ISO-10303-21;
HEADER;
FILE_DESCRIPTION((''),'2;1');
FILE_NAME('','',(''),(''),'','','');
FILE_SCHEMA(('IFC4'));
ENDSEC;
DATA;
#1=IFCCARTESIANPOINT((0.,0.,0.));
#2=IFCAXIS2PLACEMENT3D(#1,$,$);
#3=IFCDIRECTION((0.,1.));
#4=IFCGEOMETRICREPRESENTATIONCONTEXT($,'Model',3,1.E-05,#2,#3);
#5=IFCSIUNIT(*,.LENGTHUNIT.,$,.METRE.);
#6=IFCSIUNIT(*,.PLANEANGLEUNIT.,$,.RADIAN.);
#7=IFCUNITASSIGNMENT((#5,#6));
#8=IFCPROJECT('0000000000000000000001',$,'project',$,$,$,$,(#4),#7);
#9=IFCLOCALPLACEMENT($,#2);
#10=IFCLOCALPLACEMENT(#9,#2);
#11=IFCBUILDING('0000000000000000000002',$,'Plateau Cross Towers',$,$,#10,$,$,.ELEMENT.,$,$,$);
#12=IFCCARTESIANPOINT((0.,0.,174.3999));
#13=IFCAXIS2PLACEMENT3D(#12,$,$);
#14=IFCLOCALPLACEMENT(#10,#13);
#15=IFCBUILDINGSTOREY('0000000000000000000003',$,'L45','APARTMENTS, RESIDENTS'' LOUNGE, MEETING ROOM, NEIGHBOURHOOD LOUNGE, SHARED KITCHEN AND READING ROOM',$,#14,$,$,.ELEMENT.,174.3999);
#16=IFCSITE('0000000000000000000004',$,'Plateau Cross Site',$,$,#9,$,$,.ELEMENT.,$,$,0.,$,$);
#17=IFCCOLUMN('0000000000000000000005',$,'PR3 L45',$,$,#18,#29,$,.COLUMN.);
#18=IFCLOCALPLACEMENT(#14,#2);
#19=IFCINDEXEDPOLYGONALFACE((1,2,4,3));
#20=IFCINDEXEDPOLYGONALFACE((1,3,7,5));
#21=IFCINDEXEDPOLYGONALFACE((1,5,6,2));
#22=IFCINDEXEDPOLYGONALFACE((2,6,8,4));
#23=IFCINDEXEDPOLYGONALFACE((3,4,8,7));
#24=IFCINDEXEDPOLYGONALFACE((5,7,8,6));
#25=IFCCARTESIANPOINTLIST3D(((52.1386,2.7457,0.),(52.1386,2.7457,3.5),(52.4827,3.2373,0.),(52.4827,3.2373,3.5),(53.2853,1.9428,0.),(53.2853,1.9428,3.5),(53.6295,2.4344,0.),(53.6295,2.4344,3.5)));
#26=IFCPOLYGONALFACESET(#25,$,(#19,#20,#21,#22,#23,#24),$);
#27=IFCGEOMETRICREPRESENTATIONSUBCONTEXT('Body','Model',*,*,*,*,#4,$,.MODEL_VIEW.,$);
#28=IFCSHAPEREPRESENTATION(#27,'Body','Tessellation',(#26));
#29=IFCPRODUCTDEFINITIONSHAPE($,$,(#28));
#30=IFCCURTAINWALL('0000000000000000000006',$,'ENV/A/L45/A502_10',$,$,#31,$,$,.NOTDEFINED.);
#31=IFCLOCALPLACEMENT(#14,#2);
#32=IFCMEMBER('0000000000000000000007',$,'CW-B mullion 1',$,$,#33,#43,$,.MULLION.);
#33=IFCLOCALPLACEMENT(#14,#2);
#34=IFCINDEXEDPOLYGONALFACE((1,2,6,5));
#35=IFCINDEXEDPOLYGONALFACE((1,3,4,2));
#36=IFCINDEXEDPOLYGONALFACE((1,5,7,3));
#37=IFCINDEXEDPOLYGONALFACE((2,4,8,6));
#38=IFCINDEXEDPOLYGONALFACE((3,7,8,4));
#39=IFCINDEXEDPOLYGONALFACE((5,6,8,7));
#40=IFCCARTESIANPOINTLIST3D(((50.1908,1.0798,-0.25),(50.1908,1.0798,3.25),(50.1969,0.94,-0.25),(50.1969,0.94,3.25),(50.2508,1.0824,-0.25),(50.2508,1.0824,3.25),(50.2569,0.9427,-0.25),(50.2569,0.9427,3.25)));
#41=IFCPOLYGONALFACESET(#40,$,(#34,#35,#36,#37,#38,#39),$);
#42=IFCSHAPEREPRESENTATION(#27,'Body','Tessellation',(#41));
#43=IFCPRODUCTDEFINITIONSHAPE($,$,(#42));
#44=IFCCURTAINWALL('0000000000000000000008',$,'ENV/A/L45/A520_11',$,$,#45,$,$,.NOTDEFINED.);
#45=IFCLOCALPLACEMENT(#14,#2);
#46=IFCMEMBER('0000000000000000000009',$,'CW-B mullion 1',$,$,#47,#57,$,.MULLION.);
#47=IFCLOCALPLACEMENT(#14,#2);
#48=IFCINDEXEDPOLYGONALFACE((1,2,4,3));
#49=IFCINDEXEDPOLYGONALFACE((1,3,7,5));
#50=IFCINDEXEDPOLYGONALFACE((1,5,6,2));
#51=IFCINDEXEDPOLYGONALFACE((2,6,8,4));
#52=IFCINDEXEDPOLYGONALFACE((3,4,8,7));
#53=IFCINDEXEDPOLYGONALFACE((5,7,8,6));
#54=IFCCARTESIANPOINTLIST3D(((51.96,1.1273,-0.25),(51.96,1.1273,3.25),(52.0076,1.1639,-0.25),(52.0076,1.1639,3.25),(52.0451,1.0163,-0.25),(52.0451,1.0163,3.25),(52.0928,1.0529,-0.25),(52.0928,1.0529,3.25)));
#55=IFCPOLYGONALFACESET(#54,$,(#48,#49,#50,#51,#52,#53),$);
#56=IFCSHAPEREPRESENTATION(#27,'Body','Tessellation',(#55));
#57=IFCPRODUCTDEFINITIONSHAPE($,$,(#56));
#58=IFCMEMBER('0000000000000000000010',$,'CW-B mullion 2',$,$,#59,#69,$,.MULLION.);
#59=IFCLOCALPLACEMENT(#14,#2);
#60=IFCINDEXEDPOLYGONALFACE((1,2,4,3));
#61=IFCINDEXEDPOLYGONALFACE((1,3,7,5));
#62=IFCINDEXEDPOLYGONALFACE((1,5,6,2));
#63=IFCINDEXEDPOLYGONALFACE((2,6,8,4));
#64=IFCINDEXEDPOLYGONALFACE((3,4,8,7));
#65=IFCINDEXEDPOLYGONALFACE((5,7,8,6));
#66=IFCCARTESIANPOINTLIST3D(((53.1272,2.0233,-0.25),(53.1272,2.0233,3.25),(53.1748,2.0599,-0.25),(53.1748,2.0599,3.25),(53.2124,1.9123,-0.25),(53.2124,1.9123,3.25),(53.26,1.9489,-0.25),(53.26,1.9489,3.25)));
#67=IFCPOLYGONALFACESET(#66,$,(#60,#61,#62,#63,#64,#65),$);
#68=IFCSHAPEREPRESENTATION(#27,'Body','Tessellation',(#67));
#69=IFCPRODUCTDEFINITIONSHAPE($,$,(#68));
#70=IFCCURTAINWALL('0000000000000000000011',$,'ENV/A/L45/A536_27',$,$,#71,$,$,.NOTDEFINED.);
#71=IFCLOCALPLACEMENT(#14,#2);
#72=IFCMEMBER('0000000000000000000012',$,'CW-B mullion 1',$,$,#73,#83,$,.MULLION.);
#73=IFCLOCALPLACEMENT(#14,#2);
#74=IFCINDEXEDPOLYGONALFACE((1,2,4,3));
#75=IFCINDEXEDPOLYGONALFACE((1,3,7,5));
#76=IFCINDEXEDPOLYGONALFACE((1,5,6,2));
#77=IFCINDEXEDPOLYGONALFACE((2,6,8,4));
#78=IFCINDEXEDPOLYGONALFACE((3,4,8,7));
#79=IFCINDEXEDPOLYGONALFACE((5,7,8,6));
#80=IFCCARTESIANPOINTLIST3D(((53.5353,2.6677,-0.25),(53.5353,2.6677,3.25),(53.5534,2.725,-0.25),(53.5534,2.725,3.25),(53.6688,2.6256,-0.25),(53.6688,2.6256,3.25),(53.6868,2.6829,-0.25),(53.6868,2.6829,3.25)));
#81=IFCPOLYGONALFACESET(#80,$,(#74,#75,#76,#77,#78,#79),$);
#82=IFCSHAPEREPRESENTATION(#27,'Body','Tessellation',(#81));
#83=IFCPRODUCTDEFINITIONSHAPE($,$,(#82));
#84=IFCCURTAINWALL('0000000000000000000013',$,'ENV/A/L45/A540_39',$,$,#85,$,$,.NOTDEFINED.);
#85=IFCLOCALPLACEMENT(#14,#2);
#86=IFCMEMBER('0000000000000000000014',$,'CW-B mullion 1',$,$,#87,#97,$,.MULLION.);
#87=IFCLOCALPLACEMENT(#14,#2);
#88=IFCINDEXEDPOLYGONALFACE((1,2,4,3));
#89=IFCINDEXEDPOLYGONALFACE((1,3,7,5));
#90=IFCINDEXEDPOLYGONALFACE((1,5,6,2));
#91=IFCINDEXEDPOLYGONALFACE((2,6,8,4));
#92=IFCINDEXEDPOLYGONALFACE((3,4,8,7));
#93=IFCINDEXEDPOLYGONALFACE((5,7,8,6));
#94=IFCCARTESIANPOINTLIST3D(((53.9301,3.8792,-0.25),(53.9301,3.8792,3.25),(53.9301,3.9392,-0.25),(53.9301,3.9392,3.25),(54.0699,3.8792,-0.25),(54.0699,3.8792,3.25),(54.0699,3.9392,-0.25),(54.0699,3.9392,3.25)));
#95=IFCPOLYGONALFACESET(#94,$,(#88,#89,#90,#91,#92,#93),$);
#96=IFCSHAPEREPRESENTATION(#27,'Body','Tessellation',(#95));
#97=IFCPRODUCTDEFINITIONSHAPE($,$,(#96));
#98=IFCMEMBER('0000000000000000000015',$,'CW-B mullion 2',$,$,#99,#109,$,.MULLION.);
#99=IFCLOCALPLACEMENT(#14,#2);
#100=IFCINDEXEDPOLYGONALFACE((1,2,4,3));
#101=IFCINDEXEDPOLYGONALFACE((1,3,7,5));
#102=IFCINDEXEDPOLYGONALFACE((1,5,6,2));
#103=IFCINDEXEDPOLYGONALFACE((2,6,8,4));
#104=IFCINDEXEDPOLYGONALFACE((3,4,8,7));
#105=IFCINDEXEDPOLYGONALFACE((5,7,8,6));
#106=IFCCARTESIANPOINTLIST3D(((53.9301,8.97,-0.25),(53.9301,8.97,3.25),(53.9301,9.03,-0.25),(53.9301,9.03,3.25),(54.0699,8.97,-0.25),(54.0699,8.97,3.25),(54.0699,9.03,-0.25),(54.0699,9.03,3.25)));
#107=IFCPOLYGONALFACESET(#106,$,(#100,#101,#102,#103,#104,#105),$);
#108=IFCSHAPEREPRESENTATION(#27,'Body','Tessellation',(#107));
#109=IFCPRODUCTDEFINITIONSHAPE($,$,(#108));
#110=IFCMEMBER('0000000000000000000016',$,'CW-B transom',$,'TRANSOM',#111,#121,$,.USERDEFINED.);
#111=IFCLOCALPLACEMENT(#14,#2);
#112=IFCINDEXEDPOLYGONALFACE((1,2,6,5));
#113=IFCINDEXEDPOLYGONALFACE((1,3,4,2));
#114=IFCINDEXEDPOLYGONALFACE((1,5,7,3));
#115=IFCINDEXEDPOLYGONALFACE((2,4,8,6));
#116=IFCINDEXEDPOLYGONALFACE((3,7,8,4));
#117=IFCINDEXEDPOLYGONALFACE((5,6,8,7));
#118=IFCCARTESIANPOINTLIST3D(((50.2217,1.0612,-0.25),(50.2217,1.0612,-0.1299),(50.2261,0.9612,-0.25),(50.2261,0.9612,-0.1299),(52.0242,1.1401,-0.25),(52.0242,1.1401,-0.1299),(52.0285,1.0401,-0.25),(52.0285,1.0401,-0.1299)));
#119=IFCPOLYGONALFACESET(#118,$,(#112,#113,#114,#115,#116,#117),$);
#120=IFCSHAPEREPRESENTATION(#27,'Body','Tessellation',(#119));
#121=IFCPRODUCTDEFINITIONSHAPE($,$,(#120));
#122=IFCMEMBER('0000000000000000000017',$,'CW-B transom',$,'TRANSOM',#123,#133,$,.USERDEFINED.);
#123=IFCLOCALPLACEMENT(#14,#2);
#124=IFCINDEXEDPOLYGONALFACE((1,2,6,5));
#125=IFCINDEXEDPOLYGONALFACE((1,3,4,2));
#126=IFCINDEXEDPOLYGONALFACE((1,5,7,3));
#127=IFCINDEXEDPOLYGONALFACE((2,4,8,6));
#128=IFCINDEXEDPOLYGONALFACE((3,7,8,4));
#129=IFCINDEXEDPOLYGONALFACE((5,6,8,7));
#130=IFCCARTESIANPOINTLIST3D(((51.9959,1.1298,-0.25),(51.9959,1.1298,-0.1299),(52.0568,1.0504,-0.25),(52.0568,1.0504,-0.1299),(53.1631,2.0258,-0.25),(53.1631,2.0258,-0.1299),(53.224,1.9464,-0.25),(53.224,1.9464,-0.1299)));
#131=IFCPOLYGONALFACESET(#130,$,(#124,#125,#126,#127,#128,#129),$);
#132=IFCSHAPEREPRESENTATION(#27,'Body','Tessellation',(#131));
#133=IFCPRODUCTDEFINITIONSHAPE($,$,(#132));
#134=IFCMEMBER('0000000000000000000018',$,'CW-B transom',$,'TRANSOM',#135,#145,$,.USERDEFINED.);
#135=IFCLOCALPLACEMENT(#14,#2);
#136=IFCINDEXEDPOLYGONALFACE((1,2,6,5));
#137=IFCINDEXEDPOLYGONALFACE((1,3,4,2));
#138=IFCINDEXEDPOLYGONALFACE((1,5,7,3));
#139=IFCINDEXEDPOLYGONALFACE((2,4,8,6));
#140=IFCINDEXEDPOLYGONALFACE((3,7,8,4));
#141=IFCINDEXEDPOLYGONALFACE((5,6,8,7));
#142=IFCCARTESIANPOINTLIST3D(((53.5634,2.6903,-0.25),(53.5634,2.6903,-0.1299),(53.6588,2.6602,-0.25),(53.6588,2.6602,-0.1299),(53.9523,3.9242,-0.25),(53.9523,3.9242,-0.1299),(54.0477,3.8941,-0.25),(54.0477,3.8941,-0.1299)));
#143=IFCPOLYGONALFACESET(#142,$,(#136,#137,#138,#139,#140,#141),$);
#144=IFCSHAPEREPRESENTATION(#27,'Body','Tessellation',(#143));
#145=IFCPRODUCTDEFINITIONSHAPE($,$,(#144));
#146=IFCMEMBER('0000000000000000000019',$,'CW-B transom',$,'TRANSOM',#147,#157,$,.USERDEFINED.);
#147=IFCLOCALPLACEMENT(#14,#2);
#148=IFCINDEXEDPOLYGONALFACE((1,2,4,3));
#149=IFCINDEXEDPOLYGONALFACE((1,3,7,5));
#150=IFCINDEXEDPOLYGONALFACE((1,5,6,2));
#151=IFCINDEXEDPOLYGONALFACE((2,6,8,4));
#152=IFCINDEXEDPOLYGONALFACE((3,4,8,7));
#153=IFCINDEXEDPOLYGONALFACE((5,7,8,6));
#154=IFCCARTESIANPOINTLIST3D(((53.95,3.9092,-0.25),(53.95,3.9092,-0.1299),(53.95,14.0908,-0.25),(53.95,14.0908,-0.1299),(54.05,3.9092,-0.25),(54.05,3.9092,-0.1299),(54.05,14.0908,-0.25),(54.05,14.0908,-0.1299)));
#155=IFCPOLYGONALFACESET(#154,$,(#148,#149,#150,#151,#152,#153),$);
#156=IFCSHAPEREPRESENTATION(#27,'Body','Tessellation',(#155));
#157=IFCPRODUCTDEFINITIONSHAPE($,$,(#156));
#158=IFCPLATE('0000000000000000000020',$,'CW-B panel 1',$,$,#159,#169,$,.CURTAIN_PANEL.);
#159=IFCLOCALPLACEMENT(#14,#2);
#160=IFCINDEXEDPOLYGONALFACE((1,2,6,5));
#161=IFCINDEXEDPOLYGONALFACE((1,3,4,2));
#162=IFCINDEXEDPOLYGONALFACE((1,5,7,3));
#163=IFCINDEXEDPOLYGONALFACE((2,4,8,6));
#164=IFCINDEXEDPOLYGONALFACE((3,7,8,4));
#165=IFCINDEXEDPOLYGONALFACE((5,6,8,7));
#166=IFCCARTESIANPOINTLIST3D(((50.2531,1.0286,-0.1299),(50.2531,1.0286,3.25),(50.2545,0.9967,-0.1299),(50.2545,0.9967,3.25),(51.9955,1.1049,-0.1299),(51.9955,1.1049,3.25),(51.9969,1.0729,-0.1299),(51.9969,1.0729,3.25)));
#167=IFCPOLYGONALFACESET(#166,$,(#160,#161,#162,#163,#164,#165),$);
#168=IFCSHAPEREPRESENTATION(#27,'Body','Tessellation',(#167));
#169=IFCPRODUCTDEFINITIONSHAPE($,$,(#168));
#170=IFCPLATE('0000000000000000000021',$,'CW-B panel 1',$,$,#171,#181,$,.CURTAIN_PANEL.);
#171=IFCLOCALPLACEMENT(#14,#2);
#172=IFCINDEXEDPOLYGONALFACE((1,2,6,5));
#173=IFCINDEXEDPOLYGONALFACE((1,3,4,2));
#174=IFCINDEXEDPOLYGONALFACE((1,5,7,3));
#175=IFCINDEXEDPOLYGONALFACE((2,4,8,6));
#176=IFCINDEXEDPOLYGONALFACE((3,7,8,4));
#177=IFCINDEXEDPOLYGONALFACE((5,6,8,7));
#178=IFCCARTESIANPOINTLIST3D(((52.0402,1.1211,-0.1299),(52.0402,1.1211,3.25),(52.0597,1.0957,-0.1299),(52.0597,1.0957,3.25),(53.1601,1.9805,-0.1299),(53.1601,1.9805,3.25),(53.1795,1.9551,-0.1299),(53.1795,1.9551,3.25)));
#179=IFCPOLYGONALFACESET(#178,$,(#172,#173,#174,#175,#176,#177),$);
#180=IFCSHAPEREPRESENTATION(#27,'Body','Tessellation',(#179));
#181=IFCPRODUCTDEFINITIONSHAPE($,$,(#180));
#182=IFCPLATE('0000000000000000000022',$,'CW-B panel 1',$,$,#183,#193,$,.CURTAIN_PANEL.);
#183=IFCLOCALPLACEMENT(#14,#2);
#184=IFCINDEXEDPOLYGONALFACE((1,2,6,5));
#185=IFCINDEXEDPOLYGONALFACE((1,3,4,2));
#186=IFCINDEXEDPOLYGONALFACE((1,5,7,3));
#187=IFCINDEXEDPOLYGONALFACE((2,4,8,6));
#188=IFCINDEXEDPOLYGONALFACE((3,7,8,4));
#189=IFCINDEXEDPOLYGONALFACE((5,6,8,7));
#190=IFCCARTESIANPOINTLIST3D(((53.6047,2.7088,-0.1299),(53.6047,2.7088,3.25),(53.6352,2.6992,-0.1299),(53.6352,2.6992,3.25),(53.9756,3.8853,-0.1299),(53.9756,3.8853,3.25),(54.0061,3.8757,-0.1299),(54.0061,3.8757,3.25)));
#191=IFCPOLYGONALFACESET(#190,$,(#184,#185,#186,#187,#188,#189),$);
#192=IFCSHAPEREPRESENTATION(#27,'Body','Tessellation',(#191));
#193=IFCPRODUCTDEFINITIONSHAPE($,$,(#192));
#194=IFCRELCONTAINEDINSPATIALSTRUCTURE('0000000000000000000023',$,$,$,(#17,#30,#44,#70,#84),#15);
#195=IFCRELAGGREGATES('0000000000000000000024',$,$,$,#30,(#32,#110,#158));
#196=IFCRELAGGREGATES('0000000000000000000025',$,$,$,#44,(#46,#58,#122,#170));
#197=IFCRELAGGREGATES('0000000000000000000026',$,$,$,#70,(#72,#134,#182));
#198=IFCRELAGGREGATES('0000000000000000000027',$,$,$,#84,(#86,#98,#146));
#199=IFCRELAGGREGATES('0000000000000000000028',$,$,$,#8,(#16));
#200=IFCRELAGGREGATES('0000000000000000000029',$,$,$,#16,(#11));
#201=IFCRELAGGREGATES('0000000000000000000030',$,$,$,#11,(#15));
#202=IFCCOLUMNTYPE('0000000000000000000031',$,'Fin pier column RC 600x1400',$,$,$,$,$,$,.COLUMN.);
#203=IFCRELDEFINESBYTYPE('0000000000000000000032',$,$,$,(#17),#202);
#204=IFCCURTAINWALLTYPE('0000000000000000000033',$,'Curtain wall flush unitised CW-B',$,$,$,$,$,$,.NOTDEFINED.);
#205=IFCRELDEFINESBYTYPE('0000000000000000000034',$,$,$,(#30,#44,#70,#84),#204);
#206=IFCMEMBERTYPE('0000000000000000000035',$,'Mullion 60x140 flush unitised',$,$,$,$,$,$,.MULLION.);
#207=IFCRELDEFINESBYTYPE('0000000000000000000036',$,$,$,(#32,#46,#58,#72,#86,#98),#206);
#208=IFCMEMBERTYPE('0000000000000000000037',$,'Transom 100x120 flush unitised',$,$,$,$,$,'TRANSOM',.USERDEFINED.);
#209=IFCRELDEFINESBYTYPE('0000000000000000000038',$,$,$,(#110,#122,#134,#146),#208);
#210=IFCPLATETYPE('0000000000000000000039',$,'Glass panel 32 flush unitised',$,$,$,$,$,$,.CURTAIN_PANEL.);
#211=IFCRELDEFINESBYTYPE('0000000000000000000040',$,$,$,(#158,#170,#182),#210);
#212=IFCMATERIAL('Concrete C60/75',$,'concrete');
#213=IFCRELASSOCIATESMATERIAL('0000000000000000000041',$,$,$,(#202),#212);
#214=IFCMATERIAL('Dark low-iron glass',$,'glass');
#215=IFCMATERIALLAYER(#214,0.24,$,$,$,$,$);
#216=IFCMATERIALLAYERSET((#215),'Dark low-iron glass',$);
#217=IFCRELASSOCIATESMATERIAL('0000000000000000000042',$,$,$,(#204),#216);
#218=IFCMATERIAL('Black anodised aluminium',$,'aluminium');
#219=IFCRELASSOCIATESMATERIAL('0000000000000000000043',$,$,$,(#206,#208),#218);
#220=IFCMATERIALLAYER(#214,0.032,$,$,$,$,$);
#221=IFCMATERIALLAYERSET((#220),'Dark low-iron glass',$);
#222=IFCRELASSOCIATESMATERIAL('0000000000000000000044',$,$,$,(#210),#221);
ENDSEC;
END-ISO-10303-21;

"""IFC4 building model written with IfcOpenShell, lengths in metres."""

from ifc_helpers import new_model, si_unit, direction, frame, origin, origin_2d, place, context, subcontext, project, spatial, rectangle, extrude, material, layer, layer_set, material_profile, profile_set, type_object, element, aggregate, save


model = new_model("IFC4")

# Units and contexts
model_context = context("Model", 3, precision=1e-05, world=origin(), true_north=direction((0.0, 1.0)))
body_context = subcontext(model_context, "Body", "Model", "MODEL_VIEW")
ifc_project = project(units=[si_unit("LENGTHUNIT", "METRE"), si_unit("PLANEANGLEUNIT", "RADIAN")], contexts=[model_context])

# Site, building, storey
site_placement = place(None, origin())
site = spatial("IfcSite", under=ifc_project, at=site_placement, Name="Plateau Cross Site", CompositionType="ELEMENT", RefElevation=0.0)
building_placement = place(site_placement, origin())
building = spatial("IfcBuilding", under=site, at=building_placement, Name="Plateau Cross Towers", CompositionType="ELEMENT")
storey_placement = place(building_placement, frame((0.0, 0.0, 174.3999)))
storey = spatial("IfcBuildingStorey", under=building, at=storey_placement, Name="L45", Description="APARTMENTS, RESIDENTS' LOUNGE, MEETING ROOM, NEIGHBOURHOOD LOUNGE, SHARED KITCHEN AND READING ROOM", CompositionType="ELEMENT", Elevation=174.3999)

# Column
ifc_material_1 = material(Name="Concrete C60/75", Category="concrete")
ifc_material_profile_1 = material_profile(ifc_material_1, rectangle(XDim=0.6001, YDim=1.3999, at=origin_2d()), Name="RC 600x1400")
ifc_profile_set_1 = profile_set([ifc_material_profile_1], Name="Concrete C60/75")
column_type = type_object("IfcColumnType", Name="Fin pier column RC 600x1400", PredefinedType="COLUMN", material=ifc_profile_set_1)
column_placement = place(storey_placement, frame((52.884, 2.5901, 0.0), z_axis=(0.0, 0.0, 1.0), x_axis=(0.573543, 0.819176, 0.0)))
element("IfcColumn", 1, at=column_placement, inside=storey, type_object=column_type, Name="PR3 L45", PredefinedType="COLUMN", context=body_context, shape_type="SweptSolid", body=[
    extrude(rectangle(XDim=0.6001, YDim=1.3999, at=origin_2d()), origin(), (0.0, 0.0, 1.0), 3.5),
])

# Curtain wall, member
ifc_material_2 = material(Name="Dark low-iron glass", Category="glass")
ifc_layer_1 = layer(ifc_material_2, 0.24)
ifc_layer_set_1 = layer_set([ifc_layer_1], Name="Dark low-iron glass")
curtain_wall_type_1 = type_object("IfcCurtainWallType", Name="Curtain wall flush unitised CW-B", PredefinedType="NOTDEFINED", material=ifc_layer_set_1)
curtain_wall_1_placement = place(storey_placement, origin())
curtain_wall_1 = element("IfcCurtainWall", 2, at=curtain_wall_1_placement, inside=storey, type_object=curtain_wall_type_1, Name="ENV/A/L45/A502_10", PredefinedType="NOTDEFINED")
ifc_material_3 = material(Name="Black anodised aluminium", Category="aluminium")
ifc_material_profile_2 = material_profile(ifc_material_3, rectangle(XDim=0.0601, YDim=0.1399, at=origin_2d()), Name="MULLION 60x140")
ifc_profile_set_2 = profile_set([ifc_material_profile_2], Name="Black anodised aluminium")
member_type_1 = type_object("IfcMemberType", Name="Mullion 60x140 flush unitised", PredefinedType="MULLION", material=ifc_profile_set_2)
member_1_placement = place(storey_placement, frame((50.2239, 1.0112, -0.25), z_axis=(0.0, 0.0, 1.0), x_axis=(0.999044, 0.043723, 0.0)))
member_1 = element("IfcMember", 3, at=member_1_placement, type_object=member_type_1, Name="CW-B mullion 1", PredefinedType="MULLION", context=body_context, shape_type="SweptSolid", body=[
    extrude(rectangle(XDim=0.0601, YDim=0.1399, at=origin_2d()), origin(), (0.0, 0.0, 1.0), 3.5),
])

# Curtain wall, members
curtain_wall_2_placement = place(storey_placement, origin())
curtain_wall_2 = element("IfcCurtainWall", 4, at=curtain_wall_2_placement, inside=storey, type_object=curtain_wall_type_1, Name="ENV/A/L45/A520_11", PredefinedType="NOTDEFINED")
member_2_placement = place(storey_placement, frame((52.0264, 1.0901, -0.25), z_axis=(0.0, 0.0, 1.0), x_axis=(0.793316, 0.608811, 0.0)))
member_2 = element("IfcMember", 5, at=member_2_placement, type_object=member_type_1, Name="CW-B mullion 1", PredefinedType="MULLION", context=body_context, shape_type="SweptSolid", body=[
    extrude(rectangle(XDim=0.0601, YDim=0.1399, at=origin_2d()), origin(), (0.0, 0.0, 1.0), 3.5),
])
member_3_placement = place(storey_placement, frame((53.1936, 1.9861, -0.25), z_axis=(0.0, 0.0, 1.0), x_axis=(0.793316, 0.608811, 0.0)))
member_3 = element("IfcMember", 6, at=member_3_placement, type_object=member_type_1, Name="CW-B mullion 2", PredefinedType="MULLION", context=body_context, shape_type="SweptSolid", body=[
    extrude(rectangle(XDim=0.0601, YDim=0.1399, at=origin_2d()), origin(), (0.0, 0.0, 1.0), 3.5),
])

# Curtain wall, member
curtain_wall_3_placement = place(storey_placement, origin())
curtain_wall_3 = element("IfcCurtainWall", 7, at=curtain_wall_3_placement, inside=storey, type_object=curtain_wall_type_1, Name="ENV/A/L45/A536_27", PredefinedType="NOTDEFINED")
member_4_placement = place(storey_placement, frame((53.6111, 2.6753, -0.25), z_axis=(0.0, 0.0, 1.0), x_axis=(0.300686, 0.953723, 0.0)))
member_4 = element("IfcMember", 8, at=member_4_placement, type_object=member_type_1, Name="CW-B mullion 1", PredefinedType="MULLION", context=body_context, shape_type="SweptSolid", body=[
    extrude(rectangle(XDim=0.0601, YDim=0.1399, at=origin_2d()), origin(), (0.0, 0.0, 1.0), 3.5),
])

# Curtain wall, members
curtain_wall_4_placement = place(storey_placement, origin())
curtain_wall_4 = element("IfcCurtainWall", 9, at=curtain_wall_4_placement, inside=storey, type_object=curtain_wall_type_1, Name="ENV/A/L45/A540_39", PredefinedType="NOTDEFINED")
member_5_placement = place(storey_placement, frame((54.0, 3.9092, -0.25), z_axis=(0.0, 0.0, 1.0), x_axis=(0.0, 1.0, 0.0)))
member_5 = element("IfcMember", 10, at=member_5_placement, type_object=member_type_1, Name="CW-B mullion 1", PredefinedType="MULLION", context=body_context, shape_type="SweptSolid", body=[
    extrude(rectangle(XDim=0.0601, YDim=0.1399, at=origin_2d()), origin(), (0.0, 0.0, 1.0), 3.5),
])
member_6_placement = place(storey_placement, frame((54.0, 9.0, -0.25), z_axis=(0.0, 0.0, 1.0), x_axis=(0.0, 1.0, 0.0)))
member_6 = element("IfcMember", 11, at=member_6_placement, type_object=member_type_1, Name="CW-B mullion 2", PredefinedType="MULLION", context=body_context, shape_type="SweptSolid", body=[
    extrude(rectangle(XDim=0.0601, YDim=0.1399, at=origin_2d()), origin(), (0.0, 0.0, 1.0), 3.5),
])

# Members
ifc_material_profile_3 = material_profile(ifc_material_3, rectangle(XDim=0.1001, YDim=0.1201, at=origin_2d()), Name="TRANSOM 100x120")
ifc_profile_set_3 = profile_set([ifc_material_profile_3], Name="Black anodised aluminium")
member_type_2 = type_object("IfcMemberType", Name="Transom 100x120 flush unitised", ElementType="TRANSOM", PredefinedType="USERDEFINED", material=ifc_profile_set_3)
member_7_placement = place(storey_placement, frame((50.2239, 1.0112, -0.1899), z_axis=(0.999044, 0.043707, 0.0), x_axis=(-0.043707, 0.999044, 0.0)))
member_7 = element("IfcMember", 12, at=member_7_placement, type_object=member_type_2, Name="CW-B transom", ObjectType="TRANSOM", PredefinedType="USERDEFINED", context=body_context, shape_type="SweptSolid", body=[
    extrude(rectangle(XDim=0.1001, YDim=0.1201, at=origin_2d()), origin(), (0.0, 0.0, 1.0), 1.8042),
])
member_8_placement = place(storey_placement, frame((52.0264, 1.0901, -0.1899), z_axis=(0.79324, 0.608909, 0.0), x_axis=(-0.608909, 0.79324, 0.0)))
member_8 = element("IfcMember", 13, at=member_8_placement, type_object=member_type_2, Name="CW-B transom", ObjectType="TRANSOM", PredefinedType="USERDEFINED", context=body_context, shape_type="SweptSolid", body=[
    extrude(rectangle(XDim=0.1001, YDim=0.1201, at=origin_2d()), origin(), (0.0, 0.0, 1.0), 1.4714),
])
member_9_placement = place(storey_placement, frame((53.6111, 2.6753, -0.1899), z_axis=(0.300617, 0.953745, 0.0), x_axis=(-0.953745, 0.300617, 0.0)))
member_9 = element("IfcMember", 14, at=member_9_placement, type_object=member_type_2, Name="CW-B transom", ObjectType="TRANSOM", PredefinedType="USERDEFINED", context=body_context, shape_type="SweptSolid", body=[
    extrude(rectangle(XDim=0.1001, YDim=0.1201, at=origin_2d()), origin(), (0.0, 0.0, 1.0), 1.2937),
])
member_10_placement = place(storey_placement, frame((54.0, 3.9092, -0.1899), z_axis=(0.0, 1.0, 0.0), x_axis=(-1.0, 0.0, 0.0)))
member_10 = element("IfcMember", 15, at=member_10_placement, type_object=member_type_2, Name="CW-B transom", ObjectType="TRANSOM", PredefinedType="USERDEFINED", context=body_context, shape_type="SweptSolid", body=[
    extrude(rectangle(XDim=0.1001, YDim=0.1201, at=origin_2d()), origin(), (0.0, 0.0, 1.0), 10.1816),
])

# Plates
ifc_layer_2 = layer(ifc_material_2, 0.032)
ifc_layer_set_2 = layer_set([ifc_layer_2], Name="Dark low-iron glass")
plate_type_1 = type_object("IfcPlateType", Name="Glass panel 32 flush unitised", PredefinedType="CURTAIN_PANEL", material=ifc_layer_set_2)
plate_1_placement = place(storey_placement, frame((51.125, 1.0508, -0.1299), z_axis=(0.0, 0.0, 1.0), x_axis=(0.999044, 0.043723, 0.0)))
plate_1 = element("IfcPlate", 16, at=plate_1_placement, type_object=plate_type_1, Name="CW-B panel 1", PredefinedType="CURTAIN_PANEL", context=body_context, shape_type="SweptSolid", body=[
    extrude(rectangle(XDim=1.7441, YDim=0.032, at=origin_2d()), origin(), (0.0, 0.0, 1.0), 3.3799),
])
aggregate(curtain_wall_1, [member_1, member_7, plate_1])
plate_2_placement = place(storey_placement, frame((52.6099, 1.5381, -0.1299), z_axis=(0.0, 0.0, 1.0), x_axis=(0.793316, 0.608811, 0.0)))
plate_2 = element("IfcPlate", 17, at=plate_2_placement, type_object=plate_type_1, Name="CW-B panel 1", PredefinedType="CURTAIN_PANEL", context=body_context, shape_type="SweptSolid", body=[
    extrude(rectangle(XDim=1.4116, YDim=0.032, at=origin_2d()), origin(), (0.0, 0.0, 1.0), 3.3799),
])
aggregate(curtain_wall_2, [member_2, member_3, member_8, plate_2])
plate_3_placement = place(storey_placement, frame((53.8054, 3.2922, -0.1299), z_axis=(0.0, 0.0, 1.0), x_axis=(0.300686, 0.953723, 0.0)))
plate_3 = element("IfcPlate", 18, at=plate_3_placement, type_object=plate_type_1, Name="CW-B panel 1", PredefinedType="CURTAIN_PANEL", context=body_context, shape_type="SweptSolid", body=[
    extrude(rectangle(XDim=1.2336, YDim=0.032, at=origin_2d()), origin(), (0.0, 0.0, 1.0), 3.3799),
])
aggregate(curtain_wall_3, [member_4, member_9, plate_3])
aggregate(curtain_wall_4, [member_5, member_6, member_10])

save(model, "model.ifc")
